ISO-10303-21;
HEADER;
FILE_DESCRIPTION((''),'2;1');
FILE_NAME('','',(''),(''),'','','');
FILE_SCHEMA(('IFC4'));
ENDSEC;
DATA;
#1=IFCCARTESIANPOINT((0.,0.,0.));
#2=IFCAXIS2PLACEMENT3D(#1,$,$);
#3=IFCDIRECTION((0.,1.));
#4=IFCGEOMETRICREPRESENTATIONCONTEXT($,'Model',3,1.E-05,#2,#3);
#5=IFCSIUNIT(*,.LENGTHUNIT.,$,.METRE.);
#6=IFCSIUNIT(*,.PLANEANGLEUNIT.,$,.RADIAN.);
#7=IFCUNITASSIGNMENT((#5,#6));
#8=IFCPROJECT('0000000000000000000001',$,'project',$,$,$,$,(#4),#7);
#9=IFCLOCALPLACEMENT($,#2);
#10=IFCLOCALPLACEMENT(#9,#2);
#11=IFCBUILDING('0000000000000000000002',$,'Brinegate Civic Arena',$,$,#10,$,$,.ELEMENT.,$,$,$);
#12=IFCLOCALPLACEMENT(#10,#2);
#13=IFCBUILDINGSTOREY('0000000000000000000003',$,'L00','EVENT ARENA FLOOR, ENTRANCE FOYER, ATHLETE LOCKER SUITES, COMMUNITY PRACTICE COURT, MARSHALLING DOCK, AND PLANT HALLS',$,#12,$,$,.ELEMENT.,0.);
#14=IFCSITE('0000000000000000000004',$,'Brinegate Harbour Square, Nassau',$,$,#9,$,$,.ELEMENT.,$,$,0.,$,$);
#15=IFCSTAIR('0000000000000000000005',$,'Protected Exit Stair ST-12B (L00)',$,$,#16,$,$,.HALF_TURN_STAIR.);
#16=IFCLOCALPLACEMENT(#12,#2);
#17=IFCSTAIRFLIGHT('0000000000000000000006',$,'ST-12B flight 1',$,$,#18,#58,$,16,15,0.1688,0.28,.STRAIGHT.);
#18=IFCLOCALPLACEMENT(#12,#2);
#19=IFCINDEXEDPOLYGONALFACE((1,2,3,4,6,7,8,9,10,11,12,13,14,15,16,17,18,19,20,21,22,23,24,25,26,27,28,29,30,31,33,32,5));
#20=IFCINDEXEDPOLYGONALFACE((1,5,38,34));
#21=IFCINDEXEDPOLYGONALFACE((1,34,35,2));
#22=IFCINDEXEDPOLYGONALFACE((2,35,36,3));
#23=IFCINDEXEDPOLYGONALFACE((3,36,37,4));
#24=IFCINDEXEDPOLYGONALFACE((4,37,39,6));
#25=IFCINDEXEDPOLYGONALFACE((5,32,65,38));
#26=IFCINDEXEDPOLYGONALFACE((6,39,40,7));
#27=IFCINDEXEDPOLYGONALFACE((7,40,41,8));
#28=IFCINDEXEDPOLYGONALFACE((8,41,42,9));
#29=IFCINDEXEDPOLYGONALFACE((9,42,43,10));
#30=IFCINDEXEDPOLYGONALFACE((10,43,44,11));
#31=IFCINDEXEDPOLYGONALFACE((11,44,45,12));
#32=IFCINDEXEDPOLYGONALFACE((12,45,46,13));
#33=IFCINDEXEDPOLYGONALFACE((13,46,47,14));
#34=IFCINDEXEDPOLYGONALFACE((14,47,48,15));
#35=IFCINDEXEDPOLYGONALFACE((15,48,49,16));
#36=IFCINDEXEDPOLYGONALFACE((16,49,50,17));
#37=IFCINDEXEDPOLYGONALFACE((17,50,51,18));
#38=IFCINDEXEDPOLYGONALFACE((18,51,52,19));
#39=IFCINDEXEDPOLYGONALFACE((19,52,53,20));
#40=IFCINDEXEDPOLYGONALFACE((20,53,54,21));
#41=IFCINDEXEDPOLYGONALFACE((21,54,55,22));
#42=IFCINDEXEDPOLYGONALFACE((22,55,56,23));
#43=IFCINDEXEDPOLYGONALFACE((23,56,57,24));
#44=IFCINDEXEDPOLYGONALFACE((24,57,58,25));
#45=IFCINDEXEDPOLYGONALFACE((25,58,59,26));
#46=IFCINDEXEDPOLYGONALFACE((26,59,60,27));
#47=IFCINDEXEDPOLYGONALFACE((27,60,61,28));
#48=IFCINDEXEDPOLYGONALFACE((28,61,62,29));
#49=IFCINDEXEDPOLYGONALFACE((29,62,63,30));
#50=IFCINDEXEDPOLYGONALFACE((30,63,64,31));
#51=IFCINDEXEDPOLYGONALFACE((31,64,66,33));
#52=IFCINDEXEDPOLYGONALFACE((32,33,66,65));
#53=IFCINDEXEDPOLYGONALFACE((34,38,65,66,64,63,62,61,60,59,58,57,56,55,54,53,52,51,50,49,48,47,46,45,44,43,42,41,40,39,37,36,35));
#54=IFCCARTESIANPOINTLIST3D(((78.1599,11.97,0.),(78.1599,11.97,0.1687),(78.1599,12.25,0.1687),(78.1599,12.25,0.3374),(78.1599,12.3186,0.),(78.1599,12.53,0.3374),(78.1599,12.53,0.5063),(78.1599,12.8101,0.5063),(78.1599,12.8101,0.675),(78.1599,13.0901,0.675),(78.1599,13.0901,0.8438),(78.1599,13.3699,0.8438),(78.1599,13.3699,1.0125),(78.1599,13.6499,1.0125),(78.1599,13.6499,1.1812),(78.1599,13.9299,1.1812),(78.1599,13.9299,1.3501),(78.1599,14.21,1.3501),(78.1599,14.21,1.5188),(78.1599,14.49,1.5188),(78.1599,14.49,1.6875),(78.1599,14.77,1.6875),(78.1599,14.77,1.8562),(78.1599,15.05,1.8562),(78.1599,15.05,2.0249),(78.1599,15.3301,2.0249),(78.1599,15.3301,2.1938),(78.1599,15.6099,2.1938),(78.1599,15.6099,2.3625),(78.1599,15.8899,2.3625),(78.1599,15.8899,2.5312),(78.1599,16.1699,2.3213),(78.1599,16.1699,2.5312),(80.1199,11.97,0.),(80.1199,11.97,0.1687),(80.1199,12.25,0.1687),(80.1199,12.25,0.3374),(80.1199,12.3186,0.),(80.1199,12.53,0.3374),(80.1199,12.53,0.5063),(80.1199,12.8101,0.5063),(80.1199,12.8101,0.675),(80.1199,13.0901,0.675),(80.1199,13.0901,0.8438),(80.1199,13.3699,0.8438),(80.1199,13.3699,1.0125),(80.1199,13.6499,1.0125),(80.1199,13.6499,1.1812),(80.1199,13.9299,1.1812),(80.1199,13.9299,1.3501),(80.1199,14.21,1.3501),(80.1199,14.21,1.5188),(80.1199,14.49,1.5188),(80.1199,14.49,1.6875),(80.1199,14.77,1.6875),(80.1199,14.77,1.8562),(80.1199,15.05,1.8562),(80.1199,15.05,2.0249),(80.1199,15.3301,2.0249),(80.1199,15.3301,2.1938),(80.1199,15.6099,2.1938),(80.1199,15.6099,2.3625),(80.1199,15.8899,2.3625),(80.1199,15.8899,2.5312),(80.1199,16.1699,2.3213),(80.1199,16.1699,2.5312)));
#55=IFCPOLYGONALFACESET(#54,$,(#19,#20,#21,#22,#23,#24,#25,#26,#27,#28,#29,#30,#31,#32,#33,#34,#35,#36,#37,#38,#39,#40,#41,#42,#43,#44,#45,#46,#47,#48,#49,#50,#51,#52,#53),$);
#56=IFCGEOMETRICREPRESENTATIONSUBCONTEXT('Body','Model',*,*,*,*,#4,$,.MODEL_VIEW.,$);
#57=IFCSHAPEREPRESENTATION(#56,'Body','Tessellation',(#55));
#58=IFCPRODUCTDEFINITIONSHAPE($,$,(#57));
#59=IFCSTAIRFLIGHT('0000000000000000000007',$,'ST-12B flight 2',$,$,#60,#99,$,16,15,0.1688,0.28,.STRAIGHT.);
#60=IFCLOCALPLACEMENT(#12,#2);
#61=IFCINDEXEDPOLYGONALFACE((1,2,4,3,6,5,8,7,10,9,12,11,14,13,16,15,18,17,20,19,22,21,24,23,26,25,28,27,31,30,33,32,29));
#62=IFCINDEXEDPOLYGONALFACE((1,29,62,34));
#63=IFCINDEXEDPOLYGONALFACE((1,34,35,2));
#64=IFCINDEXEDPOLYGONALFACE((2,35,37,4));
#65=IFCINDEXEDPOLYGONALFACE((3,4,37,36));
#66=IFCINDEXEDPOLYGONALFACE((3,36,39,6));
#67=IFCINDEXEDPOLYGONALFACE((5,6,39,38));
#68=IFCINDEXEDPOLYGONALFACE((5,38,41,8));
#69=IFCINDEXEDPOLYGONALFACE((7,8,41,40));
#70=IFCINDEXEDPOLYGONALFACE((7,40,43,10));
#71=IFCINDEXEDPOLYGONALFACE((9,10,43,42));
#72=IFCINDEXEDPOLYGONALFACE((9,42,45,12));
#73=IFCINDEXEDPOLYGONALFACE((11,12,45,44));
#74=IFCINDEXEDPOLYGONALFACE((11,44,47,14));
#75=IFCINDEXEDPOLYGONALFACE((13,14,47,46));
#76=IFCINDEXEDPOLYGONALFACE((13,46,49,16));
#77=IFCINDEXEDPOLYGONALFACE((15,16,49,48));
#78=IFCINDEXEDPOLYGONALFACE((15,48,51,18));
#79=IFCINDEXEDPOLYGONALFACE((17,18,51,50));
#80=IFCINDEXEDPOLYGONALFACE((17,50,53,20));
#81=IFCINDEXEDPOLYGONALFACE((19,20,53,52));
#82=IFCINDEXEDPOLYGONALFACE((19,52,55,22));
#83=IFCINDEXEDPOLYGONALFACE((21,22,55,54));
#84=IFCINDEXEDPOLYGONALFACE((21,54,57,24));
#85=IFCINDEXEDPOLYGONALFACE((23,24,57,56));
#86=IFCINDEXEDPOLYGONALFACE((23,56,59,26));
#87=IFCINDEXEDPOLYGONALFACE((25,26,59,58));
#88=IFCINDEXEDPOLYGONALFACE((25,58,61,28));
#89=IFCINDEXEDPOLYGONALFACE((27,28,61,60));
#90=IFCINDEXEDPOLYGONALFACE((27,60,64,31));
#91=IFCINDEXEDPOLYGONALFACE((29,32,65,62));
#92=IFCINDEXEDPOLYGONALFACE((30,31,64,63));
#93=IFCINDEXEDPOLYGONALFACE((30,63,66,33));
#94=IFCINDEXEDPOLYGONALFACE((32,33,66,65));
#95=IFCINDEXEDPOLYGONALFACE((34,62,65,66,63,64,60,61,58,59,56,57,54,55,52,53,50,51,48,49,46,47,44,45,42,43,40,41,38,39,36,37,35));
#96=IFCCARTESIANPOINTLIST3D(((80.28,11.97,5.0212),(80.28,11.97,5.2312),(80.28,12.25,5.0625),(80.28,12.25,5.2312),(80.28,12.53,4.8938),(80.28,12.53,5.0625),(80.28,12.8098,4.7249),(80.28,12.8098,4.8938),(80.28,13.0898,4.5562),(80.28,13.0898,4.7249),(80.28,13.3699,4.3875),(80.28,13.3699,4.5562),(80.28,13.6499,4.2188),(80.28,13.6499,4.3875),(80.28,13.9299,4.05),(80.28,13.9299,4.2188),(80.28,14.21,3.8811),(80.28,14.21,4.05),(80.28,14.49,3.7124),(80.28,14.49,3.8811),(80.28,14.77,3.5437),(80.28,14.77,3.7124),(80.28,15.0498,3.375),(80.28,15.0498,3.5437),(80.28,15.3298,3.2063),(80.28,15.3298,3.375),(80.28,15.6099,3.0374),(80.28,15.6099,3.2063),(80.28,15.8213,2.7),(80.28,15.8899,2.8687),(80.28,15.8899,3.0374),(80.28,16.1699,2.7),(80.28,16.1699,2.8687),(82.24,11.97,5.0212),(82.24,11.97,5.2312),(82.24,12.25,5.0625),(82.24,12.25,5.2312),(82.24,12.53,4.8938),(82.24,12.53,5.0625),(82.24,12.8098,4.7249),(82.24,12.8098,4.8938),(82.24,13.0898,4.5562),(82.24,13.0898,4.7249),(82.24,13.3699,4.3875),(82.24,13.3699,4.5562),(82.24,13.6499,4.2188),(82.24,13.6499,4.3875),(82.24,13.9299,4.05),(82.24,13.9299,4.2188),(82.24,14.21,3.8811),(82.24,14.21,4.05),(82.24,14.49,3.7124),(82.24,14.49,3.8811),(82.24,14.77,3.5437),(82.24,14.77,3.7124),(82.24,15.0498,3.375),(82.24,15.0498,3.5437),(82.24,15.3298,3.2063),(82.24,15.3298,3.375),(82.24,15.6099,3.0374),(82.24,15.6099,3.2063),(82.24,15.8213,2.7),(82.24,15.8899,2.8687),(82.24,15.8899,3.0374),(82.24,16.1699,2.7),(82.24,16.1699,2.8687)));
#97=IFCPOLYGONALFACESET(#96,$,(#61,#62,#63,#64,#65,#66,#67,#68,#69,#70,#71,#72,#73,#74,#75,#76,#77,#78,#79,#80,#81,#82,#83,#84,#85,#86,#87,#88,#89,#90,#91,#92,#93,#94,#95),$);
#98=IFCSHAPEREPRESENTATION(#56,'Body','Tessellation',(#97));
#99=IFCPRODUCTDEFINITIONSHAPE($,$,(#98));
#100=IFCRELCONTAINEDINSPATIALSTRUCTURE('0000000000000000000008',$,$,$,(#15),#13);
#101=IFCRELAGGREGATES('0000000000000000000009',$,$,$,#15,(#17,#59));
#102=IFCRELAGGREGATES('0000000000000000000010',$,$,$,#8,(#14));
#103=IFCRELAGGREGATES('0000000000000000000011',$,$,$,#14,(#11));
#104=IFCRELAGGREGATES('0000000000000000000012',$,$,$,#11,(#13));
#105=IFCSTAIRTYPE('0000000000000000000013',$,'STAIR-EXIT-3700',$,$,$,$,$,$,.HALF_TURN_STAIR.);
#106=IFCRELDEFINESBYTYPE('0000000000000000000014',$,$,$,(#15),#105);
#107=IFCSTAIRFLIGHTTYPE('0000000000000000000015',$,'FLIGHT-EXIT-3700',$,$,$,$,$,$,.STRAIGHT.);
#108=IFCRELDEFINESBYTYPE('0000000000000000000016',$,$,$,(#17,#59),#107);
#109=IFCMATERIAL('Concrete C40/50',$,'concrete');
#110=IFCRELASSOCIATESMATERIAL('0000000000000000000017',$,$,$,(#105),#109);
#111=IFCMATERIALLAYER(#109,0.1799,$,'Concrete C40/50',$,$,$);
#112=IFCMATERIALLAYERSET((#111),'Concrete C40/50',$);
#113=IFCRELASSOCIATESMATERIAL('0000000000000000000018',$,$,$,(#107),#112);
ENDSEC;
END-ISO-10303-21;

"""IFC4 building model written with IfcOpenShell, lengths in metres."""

from ifc_helpers import new_model, si_unit, direction, frame, origin, place, context, subcontext, project, spatial, polyline, outline, extrude, material, layer, layer_set, type_object, element, aggregate, save


model = new_model("IFC4")

# Units and contexts
model_context = context("Model", 3, precision=1e-05, world=origin(), true_north=direction((0.0, 1.0)))
body_context = subcontext(model_context, "Body", "Model", "MODEL_VIEW")
ifc_project = project(units=[si_unit("LENGTHUNIT", "METRE"), si_unit("PLANEANGLEUNIT", "RADIAN")], contexts=[model_context])

# Site, building, storey
site_placement = place(None, origin())
site = spatial("IfcSite", under=ifc_project, at=site_placement, Name="Brinegate Harbour Square, Nassau", CompositionType="ELEMENT", RefElevation=0.0)
building_placement = place(site_placement, origin())
building = spatial("IfcBuilding", under=site, at=building_placement, Name="Brinegate Civic Arena", CompositionType="ELEMENT")
storey_placement = place(building_placement, origin())
storey = spatial("IfcBuildingStorey", under=building, at=storey_placement, Name="L00", Description="EVENT ARENA FLOOR, ENTRANCE FOYER, ATHLETE LOCKER SUITES, COMMUNITY PRACTICE COURT, MARSHALLING DOCK, AND PLANT HALLS", CompositionType="ELEMENT", Elevation=0.0)

# Shared definitions
ifc_material_1 = material(Name="Concrete C40/50", Category="concrete")

# Stair, stair flights
stair_type = type_object("IfcStairType", Name="STAIR-EXIT-3700", PredefinedType="HALF_TURN_STAIR", material=ifc_material_1)
stair_placement = place(storey_placement, origin())
stair = element("IfcStair", 1, at=stair_placement, inside=storey, type_object=stair_type, Name="Protected Exit Stair ST-12B (L00)", PredefinedType="HALF_TURN_STAIR")
ifc_layer_1 = layer(ifc_material_1, 0.1799, Name="Concrete C40/50")
ifc_layer_set_1 = layer_set([ifc_layer_1], Name="Concrete C40/50")
stair_flight_type = type_object("IfcStairFlightType", Name="FLIGHT-EXIT-3700", PredefinedType="STRAIGHT", material=ifc_layer_set_1)
stair_flight_1_placement = place(storey_placement, frame((79.1399, 11.97, 0.0), z_axis=(0.0, 0.0, 1.0), x_axis=(0.0, 1.0, 0.0)))
stair_flight_1 = element("IfcStairFlight", 2, at=stair_flight_1_placement, type_object=stair_flight_type, Name="ST-12B flight 1", NumberOfRisers=16, NumberOfTreads=15, PredefinedType="STRAIGHT", RiserHeight=0.1688, TreadLength=0.28, context=body_context, shape_type="SweptSolid", body=[
    extrude(outline(polyline([(0.0, 0.0), (0.0, 0.1687), (0.28, 0.1687), (0.28, 0.3374), (0.5601, 0.3374), (0.5601, 0.5063), (0.8401, 0.5063), (0.8401, 0.675), (1.1201, 0.675), (1.1201, 0.8438), (1.3999, 0.8438), (1.3999, 1.0125), (1.6799, 1.0125), (1.6799, 1.1812), (1.96, 1.1812), (1.96, 1.3501), (2.24, 1.3501), (2.24, 1.5188), (2.52, 1.5188), (2.52, 1.6875), (2.8, 1.6875), (2.8, 1.8562), (3.0801, 1.8562), (3.0801, 2.0249), (3.3601, 2.0249), (3.3601, 2.1938), (3.6399, 2.1938), (3.6399, 2.3625), (3.9199, 2.3625), (3.9199, 2.5312), (4.2, 2.5312), (4.2, 2.7), (4.2, 2.3213), (0.3486, 0.0), (0.0, 0.0)])), frame((0.0, 0.98, 0.0), z_axis=(0.0, -1.0, 0.0), x_axis=(1.0, 0.0, 0.0)), (0.0, 0.0, 1.0), 1.96),
])
stair_flight_2_placement = place(storey_placement, frame((81.26, 16.1699, 2.7), z_axis=(0.0, 0.0, 1.0), x_axis=(0.0, -1.0, 0.0)))
stair_flight_2 = element("IfcStairFlight", 3, at=stair_flight_2_placement, type_object=stair_flight_type, Name="ST-12B flight 2", NumberOfRisers=16, NumberOfTreads=15, PredefinedType="STRAIGHT", RiserHeight=0.1688, TreadLength=0.28, context=body_context, shape_type="SweptSolid", body=[
    extrude(outline(polyline([(0.0, 0.0), (0.0, 0.1687), (0.28, 0.1687), (0.28, 0.3374), (0.5601, 0.3374), (0.5601, 0.5063), (0.8401, 0.5063), (0.8401, 0.675), (1.1201, 0.675), (1.1201, 0.8438), (1.3999, 0.8438), (1.3999, 1.0125), (1.6799, 1.0125), (1.6799, 1.1812), (1.96, 1.1812), (1.96, 1.3501), (2.24, 1.3501), (2.24, 1.5188), (2.52, 1.5188), (2.52, 1.6875), (2.8, 1.6875), (2.8, 1.8562), (3.0801, 1.8562), (3.0801, 2.0249), (3.3601, 2.0249), (3.3601, 2.1938), (3.6399, 2.1938), (3.6399, 2.3625), (3.9199, 2.3625), (3.9199, 2.5312), (4.2, 2.5312), (4.2, 2.7), (4.2, 2.3213), (0.3486, 0.0), (0.0, 0.0)])), frame((0.0, 0.98, 0.0), z_axis=(0.0, -1.0, 0.0), x_axis=(1.0, 0.0, 0.0)), (0.0, 0.0, 1.0), 1.96),
])
aggregate(stair, [stair_flight_1, stair_flight_2])

save(model, "model.ifc")
